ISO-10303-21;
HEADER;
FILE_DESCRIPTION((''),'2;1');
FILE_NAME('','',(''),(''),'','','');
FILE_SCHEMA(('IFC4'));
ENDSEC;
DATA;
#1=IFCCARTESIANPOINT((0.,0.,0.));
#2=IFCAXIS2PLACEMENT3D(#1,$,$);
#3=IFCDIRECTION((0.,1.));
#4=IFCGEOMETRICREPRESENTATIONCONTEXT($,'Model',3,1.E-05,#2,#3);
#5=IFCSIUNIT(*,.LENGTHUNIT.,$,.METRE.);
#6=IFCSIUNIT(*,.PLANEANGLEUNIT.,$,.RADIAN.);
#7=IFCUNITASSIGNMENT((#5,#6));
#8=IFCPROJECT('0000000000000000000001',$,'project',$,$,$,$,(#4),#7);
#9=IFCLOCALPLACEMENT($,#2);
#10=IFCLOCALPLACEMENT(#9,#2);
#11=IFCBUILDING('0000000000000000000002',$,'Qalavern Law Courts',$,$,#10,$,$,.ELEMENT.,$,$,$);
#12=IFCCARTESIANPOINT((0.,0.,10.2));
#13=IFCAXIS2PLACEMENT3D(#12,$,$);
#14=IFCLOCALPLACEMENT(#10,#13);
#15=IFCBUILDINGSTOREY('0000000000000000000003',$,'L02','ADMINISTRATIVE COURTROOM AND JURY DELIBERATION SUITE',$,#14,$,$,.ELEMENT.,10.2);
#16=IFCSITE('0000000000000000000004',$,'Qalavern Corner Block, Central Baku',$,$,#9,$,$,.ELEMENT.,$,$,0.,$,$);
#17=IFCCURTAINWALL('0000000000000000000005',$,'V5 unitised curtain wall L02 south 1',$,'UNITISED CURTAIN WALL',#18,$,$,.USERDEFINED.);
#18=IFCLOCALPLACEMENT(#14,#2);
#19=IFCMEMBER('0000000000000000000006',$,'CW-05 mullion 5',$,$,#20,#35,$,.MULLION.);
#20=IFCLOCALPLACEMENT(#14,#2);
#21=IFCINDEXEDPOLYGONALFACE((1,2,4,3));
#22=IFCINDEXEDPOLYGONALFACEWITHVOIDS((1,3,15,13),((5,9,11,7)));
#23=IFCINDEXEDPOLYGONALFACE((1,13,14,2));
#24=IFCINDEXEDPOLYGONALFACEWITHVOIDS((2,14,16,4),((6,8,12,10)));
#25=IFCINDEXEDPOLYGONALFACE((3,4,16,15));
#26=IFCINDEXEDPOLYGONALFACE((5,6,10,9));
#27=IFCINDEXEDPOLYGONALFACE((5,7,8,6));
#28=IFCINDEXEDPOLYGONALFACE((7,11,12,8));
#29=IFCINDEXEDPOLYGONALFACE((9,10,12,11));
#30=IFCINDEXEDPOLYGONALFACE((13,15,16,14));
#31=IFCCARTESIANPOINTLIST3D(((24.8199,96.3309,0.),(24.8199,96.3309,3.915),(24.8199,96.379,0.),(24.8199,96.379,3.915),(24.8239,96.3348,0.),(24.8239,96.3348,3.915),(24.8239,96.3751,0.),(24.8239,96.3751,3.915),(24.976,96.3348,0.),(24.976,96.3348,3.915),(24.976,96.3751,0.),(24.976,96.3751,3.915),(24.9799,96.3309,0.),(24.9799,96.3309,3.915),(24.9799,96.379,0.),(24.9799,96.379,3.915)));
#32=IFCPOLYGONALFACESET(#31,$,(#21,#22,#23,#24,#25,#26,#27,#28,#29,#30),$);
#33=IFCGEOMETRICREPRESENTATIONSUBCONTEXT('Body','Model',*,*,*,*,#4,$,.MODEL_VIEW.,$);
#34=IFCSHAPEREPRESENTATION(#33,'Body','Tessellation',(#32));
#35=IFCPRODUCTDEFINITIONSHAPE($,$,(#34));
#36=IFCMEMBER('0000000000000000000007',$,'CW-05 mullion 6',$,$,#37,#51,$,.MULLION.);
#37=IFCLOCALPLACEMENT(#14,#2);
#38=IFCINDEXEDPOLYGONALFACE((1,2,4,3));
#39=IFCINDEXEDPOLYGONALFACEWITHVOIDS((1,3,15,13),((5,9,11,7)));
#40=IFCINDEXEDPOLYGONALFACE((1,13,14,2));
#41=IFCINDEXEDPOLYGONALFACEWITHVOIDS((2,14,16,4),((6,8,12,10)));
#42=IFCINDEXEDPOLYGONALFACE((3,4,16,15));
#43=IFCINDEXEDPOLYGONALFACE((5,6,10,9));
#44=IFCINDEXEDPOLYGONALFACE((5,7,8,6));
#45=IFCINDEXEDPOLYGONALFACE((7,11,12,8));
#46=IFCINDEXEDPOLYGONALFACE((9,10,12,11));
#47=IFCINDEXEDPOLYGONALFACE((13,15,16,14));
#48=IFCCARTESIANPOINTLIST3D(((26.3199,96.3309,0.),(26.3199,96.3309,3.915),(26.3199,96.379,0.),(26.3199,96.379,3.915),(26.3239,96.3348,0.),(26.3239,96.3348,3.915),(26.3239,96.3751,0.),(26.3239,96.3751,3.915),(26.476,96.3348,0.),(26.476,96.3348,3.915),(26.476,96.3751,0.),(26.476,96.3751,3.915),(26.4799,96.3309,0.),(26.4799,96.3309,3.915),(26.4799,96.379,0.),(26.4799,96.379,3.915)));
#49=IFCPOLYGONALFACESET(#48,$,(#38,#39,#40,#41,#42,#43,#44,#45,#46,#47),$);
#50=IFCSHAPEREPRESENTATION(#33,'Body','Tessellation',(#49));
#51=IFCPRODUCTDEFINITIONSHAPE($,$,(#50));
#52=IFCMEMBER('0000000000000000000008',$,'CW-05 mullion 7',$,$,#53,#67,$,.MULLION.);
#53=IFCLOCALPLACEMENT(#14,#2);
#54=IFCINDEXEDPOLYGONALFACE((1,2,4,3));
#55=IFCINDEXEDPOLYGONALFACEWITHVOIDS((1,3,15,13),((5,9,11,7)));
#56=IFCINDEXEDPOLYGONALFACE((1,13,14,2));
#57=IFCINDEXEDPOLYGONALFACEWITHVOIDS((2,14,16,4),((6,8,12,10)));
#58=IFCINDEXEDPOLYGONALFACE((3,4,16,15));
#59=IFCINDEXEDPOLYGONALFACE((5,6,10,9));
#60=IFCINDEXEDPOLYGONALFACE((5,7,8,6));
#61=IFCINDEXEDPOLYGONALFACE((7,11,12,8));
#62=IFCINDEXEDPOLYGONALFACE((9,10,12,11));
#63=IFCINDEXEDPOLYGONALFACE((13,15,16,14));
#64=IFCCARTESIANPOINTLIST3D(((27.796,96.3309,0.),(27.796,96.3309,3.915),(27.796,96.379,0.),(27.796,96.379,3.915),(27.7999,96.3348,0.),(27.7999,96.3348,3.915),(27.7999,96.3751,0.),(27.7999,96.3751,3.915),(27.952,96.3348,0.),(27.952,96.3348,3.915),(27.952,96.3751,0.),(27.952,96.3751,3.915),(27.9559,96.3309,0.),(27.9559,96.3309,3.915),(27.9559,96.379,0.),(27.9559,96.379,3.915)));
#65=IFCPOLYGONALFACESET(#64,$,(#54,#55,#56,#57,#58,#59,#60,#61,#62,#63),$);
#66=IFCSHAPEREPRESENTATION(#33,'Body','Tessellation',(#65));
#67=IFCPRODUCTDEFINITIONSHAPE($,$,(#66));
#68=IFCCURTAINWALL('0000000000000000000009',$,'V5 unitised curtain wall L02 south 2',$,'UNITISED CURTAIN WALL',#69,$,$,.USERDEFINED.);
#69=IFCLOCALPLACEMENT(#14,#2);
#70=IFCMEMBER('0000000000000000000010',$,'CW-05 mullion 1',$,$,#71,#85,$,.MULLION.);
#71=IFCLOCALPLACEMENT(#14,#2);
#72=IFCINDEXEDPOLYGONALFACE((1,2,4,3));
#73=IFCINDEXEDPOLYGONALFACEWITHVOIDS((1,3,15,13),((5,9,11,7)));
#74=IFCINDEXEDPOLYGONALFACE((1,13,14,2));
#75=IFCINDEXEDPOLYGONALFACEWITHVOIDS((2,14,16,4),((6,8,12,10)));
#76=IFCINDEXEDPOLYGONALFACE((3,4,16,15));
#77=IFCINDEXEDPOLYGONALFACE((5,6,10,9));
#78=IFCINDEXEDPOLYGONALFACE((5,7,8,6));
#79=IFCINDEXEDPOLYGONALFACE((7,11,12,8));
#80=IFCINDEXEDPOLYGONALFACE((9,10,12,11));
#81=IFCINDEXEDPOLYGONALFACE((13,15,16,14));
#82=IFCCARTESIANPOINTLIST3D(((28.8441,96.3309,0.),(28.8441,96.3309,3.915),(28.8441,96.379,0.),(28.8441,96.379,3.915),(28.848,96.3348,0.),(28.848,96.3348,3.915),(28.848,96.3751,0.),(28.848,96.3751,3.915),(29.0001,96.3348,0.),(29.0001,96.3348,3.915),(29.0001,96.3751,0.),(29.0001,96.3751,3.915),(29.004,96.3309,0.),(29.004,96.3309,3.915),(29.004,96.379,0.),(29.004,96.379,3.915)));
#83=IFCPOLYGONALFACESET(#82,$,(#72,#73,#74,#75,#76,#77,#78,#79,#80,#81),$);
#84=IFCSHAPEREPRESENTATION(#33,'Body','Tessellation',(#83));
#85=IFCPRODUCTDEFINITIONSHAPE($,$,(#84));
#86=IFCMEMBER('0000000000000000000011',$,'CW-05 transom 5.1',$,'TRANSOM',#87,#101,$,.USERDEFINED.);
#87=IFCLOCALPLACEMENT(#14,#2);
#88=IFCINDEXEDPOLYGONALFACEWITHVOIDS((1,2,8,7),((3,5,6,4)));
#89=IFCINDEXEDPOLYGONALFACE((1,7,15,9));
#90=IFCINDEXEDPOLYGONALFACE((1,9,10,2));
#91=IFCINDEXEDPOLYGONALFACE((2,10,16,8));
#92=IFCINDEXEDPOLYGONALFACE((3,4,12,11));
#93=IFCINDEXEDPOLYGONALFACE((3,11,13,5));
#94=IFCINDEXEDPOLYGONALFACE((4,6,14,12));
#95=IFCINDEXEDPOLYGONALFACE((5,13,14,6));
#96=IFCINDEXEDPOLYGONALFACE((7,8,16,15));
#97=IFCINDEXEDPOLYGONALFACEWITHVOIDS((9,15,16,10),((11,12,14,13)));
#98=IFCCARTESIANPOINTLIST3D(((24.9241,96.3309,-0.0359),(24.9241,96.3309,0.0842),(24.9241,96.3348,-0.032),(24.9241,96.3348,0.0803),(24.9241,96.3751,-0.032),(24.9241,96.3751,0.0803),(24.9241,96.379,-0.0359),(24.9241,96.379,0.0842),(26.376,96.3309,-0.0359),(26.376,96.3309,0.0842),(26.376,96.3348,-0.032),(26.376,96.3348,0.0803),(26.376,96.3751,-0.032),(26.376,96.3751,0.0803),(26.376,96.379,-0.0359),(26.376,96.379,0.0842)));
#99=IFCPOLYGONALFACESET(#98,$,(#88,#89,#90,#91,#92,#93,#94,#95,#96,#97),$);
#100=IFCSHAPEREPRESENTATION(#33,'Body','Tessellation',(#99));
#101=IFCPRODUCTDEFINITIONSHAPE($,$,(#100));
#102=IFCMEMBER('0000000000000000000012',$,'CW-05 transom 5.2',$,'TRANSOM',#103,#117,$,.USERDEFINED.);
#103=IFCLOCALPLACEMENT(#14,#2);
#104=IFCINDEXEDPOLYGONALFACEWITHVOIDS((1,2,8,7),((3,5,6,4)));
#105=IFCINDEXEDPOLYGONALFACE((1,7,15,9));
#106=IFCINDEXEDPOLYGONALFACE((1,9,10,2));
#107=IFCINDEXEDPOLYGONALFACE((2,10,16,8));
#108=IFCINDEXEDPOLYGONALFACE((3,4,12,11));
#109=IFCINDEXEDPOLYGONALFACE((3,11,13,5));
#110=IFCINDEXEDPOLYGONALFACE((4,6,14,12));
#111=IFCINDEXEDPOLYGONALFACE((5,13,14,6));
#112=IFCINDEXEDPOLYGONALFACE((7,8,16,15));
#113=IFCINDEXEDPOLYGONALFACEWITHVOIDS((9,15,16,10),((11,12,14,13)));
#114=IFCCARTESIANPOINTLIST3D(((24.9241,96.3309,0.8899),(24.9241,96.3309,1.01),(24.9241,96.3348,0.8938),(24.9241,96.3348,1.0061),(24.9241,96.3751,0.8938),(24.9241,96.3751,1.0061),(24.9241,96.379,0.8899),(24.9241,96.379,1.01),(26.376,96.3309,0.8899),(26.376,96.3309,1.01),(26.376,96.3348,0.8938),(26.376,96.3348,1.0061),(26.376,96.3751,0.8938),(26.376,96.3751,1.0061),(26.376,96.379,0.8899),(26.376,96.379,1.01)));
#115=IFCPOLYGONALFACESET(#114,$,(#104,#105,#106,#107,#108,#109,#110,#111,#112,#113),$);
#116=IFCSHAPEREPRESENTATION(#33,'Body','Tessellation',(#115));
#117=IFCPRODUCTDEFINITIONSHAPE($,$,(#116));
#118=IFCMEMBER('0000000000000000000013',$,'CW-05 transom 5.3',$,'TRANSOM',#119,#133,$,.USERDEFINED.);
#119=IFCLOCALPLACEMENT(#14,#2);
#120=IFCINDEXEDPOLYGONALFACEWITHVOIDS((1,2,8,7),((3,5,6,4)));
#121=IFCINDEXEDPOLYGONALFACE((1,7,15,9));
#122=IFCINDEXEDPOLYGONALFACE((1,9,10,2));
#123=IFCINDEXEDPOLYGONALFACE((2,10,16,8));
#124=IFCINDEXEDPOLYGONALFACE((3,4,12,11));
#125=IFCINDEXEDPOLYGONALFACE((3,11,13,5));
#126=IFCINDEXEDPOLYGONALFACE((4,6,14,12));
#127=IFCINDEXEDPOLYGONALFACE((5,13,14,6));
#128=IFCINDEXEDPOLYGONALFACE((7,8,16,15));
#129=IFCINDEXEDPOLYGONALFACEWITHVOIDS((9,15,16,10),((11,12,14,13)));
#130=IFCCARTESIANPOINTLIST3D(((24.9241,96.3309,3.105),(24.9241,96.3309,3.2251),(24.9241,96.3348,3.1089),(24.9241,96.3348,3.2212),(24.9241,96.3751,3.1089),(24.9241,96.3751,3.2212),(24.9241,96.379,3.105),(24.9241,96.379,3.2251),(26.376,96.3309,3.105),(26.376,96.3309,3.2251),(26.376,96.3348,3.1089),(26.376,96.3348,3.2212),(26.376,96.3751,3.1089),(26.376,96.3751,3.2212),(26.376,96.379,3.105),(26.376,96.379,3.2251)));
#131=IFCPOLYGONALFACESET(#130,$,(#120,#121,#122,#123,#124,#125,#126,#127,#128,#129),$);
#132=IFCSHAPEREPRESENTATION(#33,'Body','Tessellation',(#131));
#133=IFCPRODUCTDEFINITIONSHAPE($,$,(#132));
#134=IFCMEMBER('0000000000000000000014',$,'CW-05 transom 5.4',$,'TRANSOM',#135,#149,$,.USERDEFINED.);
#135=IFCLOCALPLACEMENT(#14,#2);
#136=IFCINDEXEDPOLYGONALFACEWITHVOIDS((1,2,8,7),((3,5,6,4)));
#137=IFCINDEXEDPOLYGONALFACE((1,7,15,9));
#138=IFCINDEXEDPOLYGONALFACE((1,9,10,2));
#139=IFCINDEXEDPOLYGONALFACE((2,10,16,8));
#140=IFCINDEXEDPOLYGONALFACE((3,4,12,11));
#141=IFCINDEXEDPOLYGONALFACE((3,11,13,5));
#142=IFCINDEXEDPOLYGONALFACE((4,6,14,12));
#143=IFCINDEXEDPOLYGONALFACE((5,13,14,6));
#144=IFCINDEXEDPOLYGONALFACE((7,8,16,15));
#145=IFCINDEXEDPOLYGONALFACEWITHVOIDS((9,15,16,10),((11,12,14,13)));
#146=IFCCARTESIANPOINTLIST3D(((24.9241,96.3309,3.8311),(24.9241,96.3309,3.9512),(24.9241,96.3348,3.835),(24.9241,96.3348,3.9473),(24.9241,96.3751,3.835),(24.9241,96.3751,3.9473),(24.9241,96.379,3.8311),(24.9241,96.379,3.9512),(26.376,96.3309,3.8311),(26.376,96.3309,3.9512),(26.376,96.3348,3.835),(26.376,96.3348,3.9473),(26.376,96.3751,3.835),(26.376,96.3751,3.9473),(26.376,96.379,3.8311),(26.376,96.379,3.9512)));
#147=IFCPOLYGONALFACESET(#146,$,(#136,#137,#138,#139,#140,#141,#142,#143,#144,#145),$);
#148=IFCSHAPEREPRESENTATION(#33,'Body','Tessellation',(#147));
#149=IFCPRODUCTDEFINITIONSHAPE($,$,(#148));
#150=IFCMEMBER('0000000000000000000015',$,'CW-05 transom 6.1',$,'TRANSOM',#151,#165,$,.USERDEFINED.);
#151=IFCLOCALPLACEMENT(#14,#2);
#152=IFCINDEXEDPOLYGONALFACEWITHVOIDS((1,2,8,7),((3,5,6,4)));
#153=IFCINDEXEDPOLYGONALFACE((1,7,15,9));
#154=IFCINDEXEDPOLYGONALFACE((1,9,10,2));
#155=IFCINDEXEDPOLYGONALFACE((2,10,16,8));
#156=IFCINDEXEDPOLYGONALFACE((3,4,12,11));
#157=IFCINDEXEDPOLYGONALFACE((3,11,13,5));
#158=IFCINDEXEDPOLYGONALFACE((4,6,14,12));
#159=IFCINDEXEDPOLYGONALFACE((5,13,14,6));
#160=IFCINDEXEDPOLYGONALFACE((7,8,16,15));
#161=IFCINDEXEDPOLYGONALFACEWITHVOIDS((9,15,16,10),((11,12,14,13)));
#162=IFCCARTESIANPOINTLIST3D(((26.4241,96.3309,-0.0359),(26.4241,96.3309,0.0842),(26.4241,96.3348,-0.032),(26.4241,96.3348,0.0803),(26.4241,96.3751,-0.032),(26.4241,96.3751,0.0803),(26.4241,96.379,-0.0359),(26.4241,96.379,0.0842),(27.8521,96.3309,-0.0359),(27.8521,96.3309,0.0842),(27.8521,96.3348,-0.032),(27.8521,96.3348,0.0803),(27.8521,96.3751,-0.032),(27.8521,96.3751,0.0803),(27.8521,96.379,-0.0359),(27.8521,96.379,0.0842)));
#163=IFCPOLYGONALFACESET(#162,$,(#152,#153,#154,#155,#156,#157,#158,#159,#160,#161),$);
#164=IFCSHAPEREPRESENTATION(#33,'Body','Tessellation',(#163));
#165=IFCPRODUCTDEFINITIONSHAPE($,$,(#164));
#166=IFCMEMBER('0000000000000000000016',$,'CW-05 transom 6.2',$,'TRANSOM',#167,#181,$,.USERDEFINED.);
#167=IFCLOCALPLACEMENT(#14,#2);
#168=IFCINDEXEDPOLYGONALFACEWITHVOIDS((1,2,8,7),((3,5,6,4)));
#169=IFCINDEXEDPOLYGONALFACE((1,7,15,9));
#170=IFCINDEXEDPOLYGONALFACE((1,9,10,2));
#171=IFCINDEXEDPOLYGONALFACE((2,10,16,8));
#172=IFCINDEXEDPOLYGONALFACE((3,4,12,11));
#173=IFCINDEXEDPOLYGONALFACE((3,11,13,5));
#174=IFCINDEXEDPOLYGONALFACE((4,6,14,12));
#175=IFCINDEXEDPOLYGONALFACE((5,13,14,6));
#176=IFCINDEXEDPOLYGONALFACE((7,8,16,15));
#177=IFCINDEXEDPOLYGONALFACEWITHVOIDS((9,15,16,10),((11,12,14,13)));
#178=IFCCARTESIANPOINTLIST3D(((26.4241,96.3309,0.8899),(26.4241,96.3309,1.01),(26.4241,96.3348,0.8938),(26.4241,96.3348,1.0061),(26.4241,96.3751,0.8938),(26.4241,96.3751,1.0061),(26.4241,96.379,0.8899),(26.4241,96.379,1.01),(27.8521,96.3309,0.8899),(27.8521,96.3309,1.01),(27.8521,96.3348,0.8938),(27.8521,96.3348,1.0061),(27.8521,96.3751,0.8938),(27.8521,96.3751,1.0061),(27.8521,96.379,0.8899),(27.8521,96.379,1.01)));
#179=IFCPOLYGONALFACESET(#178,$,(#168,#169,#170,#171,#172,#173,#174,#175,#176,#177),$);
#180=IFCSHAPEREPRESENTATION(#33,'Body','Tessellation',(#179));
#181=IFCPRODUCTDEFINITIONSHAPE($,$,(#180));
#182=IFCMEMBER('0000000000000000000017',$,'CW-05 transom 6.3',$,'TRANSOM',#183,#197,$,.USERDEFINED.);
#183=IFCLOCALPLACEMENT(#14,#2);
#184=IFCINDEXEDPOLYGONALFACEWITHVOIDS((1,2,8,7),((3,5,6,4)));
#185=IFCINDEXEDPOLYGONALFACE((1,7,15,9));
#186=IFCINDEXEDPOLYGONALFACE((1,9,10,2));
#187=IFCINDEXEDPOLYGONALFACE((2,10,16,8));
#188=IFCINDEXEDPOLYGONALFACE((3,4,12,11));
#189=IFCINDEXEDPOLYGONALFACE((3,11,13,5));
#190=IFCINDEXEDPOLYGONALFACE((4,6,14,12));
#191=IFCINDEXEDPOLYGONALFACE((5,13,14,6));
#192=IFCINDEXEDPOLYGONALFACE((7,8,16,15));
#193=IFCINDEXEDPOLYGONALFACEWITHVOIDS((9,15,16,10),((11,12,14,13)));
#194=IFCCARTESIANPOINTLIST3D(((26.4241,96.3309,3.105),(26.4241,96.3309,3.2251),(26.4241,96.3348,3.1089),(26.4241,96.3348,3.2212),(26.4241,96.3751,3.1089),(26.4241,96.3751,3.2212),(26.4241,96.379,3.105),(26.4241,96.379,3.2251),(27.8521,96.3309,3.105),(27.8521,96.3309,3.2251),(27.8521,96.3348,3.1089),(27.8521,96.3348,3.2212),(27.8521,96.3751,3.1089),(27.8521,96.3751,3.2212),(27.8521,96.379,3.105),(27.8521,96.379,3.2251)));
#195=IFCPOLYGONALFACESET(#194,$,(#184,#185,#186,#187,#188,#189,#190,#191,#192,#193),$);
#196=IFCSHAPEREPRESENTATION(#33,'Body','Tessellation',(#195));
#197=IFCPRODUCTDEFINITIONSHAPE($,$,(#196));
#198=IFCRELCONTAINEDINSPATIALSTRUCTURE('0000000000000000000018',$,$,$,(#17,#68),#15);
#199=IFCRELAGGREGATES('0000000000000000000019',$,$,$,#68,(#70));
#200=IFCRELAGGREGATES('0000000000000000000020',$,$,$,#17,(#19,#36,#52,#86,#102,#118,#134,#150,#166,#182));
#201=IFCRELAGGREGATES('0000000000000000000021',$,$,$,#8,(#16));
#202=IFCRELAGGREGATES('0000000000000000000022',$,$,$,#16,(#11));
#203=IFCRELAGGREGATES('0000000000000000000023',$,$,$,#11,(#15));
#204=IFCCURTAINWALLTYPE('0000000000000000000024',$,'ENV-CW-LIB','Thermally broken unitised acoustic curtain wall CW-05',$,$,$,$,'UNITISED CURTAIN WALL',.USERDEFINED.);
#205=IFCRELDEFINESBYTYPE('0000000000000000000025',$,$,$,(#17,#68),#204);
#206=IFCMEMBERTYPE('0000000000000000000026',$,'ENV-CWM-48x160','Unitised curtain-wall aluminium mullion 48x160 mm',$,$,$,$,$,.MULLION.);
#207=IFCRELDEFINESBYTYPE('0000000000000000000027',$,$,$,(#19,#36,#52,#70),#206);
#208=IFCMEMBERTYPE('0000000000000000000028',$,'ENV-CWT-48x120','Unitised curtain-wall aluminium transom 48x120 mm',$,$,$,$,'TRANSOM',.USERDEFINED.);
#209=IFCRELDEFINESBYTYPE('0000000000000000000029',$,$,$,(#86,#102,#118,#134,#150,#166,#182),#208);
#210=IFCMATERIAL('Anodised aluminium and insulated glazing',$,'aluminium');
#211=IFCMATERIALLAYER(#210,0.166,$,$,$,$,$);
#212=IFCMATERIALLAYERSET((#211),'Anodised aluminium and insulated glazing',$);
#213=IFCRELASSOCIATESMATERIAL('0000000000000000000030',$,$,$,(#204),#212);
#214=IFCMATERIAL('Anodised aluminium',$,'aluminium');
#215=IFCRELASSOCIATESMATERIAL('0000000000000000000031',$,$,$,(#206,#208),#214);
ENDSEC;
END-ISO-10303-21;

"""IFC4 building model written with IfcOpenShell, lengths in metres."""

from ifc_helpers import new_model, si_unit, direction, frame, origin, origin_2d, place, context, subcontext, project, spatial, hollow_rectangle, extrude, material, layer, layer_set, material_profile, profile_set, type_object, element, aggregate, save


model = new_model("IFC4")

# Units and contexts
model_context = context("Model", 3, precision=1e-05, world=origin(), true_north=direction((0.0, 1.0)))
body_context = subcontext(model_context, "Body", "Model", "MODEL_VIEW")
ifc_project = project(units=[si_unit("LENGTHUNIT", "METRE"), si_unit("PLANEANGLEUNIT", "RADIAN")], contexts=[model_context])

# Site, building, storey
site_placement = place(None, origin())
site = spatial("IfcSite", under=ifc_project, at=site_placement, Name="Qalavern Corner Block, Central Baku", CompositionType="ELEMENT", RefElevation=0.0)
building_placement = place(site_placement, origin())
building = spatial("IfcBuilding", under=site, at=building_placement, Name="Qalavern Law Courts", CompositionType="ELEMENT")
storey_placement = place(building_placement, frame((0.0, 0.0, 10.2)))
storey = spatial("IfcBuildingStorey", under=building, at=storey_placement, Name="L02", Description="ADMINISTRATIVE COURTROOM AND JURY DELIBERATION SUITE", CompositionType="ELEMENT", Elevation=10.2)

# Curtain wall, members
ifc_material_1 = material(Name="Anodised aluminium and insulated glazing", Category="aluminium")
ifc_layer_1 = layer(ifc_material_1, 0.166)
ifc_layer_set_1 = layer_set([ifc_layer_1], Name="Anodised aluminium and insulated glazing")
curtain_wall_type = type_object("IfcCurtainWallType", Name="ENV-CW-LIB", Description="Thermally broken unitised acoustic curtain wall CW-05", ElementType="UNITISED CURTAIN WALL", PredefinedType="USERDEFINED", material=ifc_layer_set_1)
curtain_wall_1_placement = place(storey_placement, origin())
curtain_wall_1 = element("IfcCurtainWall", 1, at=curtain_wall_1_placement, inside=storey, type_object=curtain_wall_type, Name="V5 unitised curtain wall L02 south 1", ObjectType="UNITISED CURTAIN WALL", PredefinedType="USERDEFINED")
ifc_material_2 = material(Name="Anodised aluminium", Category="aluminium")
ifc_material_profile_1 = material_profile(ifc_material_2, hollow_rectangle(XDim=0.0481, YDim=0.1599, WallThickness=0.0039, at=origin_2d()), Name="ALU MULLION 48x160")
ifc_profile_set_1 = profile_set([ifc_material_profile_1], Name="Anodised aluminium")
member_type_1 = type_object("IfcMemberType", Name="ENV-CWM-48x160", Description="Unitised curtain-wall aluminium mullion 48x160 mm", PredefinedType="MULLION", material=ifc_profile_set_1)
member_1_placement = place(storey_placement, frame((24.8999, 96.355, 0.0), z_axis=(0.0, 0.0, 1.0), x_axis=(0.0, 1.0, 0.0)))
member_1 = element("IfcMember", 2, at=member_1_placement, type_object=member_type_1, Name="CW-05 mullion 5", PredefinedType="MULLION", context=body_context, shape_type="SweptSolid", body=[
    extrude(hollow_rectangle(XDim=0.0481, YDim=0.1599, WallThickness=0.0039, at=origin_2d()), origin(), (0.0, 0.0, 1.0), 3.915),
])
member_2_placement = place(storey_placement, frame((26.3999, 96.355, 0.0), z_axis=(0.0, 0.0, 1.0), x_axis=(0.0, 1.0, 0.0)))
member_2 = element("IfcMember", 3, at=member_2_placement, type_object=member_type_1, Name="CW-05 mullion 6", PredefinedType="MULLION", context=body_context, shape_type="SweptSolid", body=[
    extrude(hollow_rectangle(XDim=0.0481, YDim=0.1599, WallThickness=0.0039, at=origin_2d()), origin(), (0.0, 0.0, 1.0), 3.915),
])
member_3_placement = place(storey_placement, frame((27.876, 96.355, 0.0), z_axis=(0.0, 0.0, 1.0), x_axis=(0.0, 1.0, 0.0)))
member_3 = element("IfcMember", 4, at=member_3_placement, type_object=member_type_1, Name="CW-05 mullion 7", PredefinedType="MULLION", context=body_context, shape_type="SweptSolid", body=[
    extrude(hollow_rectangle(XDim=0.0481, YDim=0.1599, WallThickness=0.0039, at=origin_2d()), origin(), (0.0, 0.0, 1.0), 3.915),
])

# Curtain wall, member
curtain_wall_2_placement = place(storey_placement, origin())
curtain_wall_2 = element("IfcCurtainWall", 5, at=curtain_wall_2_placement, inside=storey, type_object=curtain_wall_type, Name="V5 unitised curtain wall L02 south 2", ObjectType="UNITISED CURTAIN WALL", PredefinedType="USERDEFINED")
member_4_placement = place(storey_placement, frame((28.9241, 96.355, 0.0), z_axis=(0.0, 0.0, 1.0), x_axis=(0.0, 1.0, 0.0)))
member_4 = element("IfcMember", 6, at=member_4_placement, type_object=member_type_1, Name="CW-05 mullion 1", PredefinedType="MULLION", context=body_context, shape_type="SweptSolid", body=[
    extrude(hollow_rectangle(XDim=0.0481, YDim=0.1599, WallThickness=0.0039, at=origin_2d()), origin(), (0.0, 0.0, 1.0), 3.915),
])

# Members
ifc_material_profile_2 = material_profile(ifc_material_2, hollow_rectangle(XDim=0.0481, YDim=0.1201, WallThickness=0.0039, at=origin_2d()), Name="ALU TRANSOM 48x120")
ifc_profile_set_2 = profile_set([ifc_material_profile_2], Name="Anodised aluminium")
member_type_2 = type_object("IfcMemberType", Name="ENV-CWT-48x120", Description="Unitised curtain-wall aluminium transom 48x120 mm", ElementType="TRANSOM", PredefinedType="USERDEFINED", material=ifc_profile_set_2)
member_5_placement = place(storey_placement, frame((24.9241, 96.355, 0.0242), z_axis=(1.0, 0.0, 0.0), x_axis=(0.0, 1.0, 0.0)))
member_5 = element("IfcMember", 7, at=member_5_placement, type_object=member_type_2, Name="CW-05 transom 5.1", ObjectType="TRANSOM", PredefinedType="USERDEFINED", context=body_context, shape_type="SweptSolid", body=[
    extrude(hollow_rectangle(XDim=0.0481, YDim=0.1201, WallThickness=0.0039, at=origin_2d()), origin(), (0.0, 0.0, 1.0), 1.4519),
])
member_6_placement = place(storey_placement, frame((24.9241, 96.355, 0.95), z_axis=(1.0, 0.0, 0.0), x_axis=(0.0, 1.0, 0.0)))
member_6 = element("IfcMember", 8, at=member_6_placement, type_object=member_type_2, Name="CW-05 transom 5.2", ObjectType="TRANSOM", PredefinedType="USERDEFINED", context=body_context, shape_type="SweptSolid", body=[
    extrude(hollow_rectangle(XDim=0.0481, YDim=0.1201, WallThickness=0.0039, at=origin_2d()), origin(), (0.0, 0.0, 1.0), 1.4519),
])
member_7_placement = place(storey_placement, frame((24.9241, 96.355, 3.165), z_axis=(1.0, 0.0, 0.0), x_axis=(0.0, 1.0, 0.0)))
member_7 = element("IfcMember", 9, at=member_7_placement, type_object=member_type_2, Name="CW-05 transom 5.3", ObjectType="TRANSOM", PredefinedType="USERDEFINED", context=body_context, shape_type="SweptSolid", body=[
    extrude(hollow_rectangle(XDim=0.0481, YDim=0.1201, WallThickness=0.0039, at=origin_2d()), origin(), (0.0, 0.0, 1.0), 1.4519),
])
member_8_placement = place(storey_placement, frame((24.9241, 96.355, 3.8911), z_axis=(1.0, 0.0, 0.0), x_axis=(0.0, 1.0, 0.0)))
member_8 = element("IfcMember", 10, at=member_8_placement, type_object=member_type_2, Name="CW-05 transom 5.4", ObjectType="TRANSOM", PredefinedType="USERDEFINED", context=body_context, shape_type="SweptSolid", body=[
    extrude(hollow_rectangle(XDim=0.0481, YDim=0.1201, WallThickness=0.0039, at=origin_2d()), origin(), (0.0, 0.0, 1.0), 1.4519),
])
member_9_placement = place(storey_placement, frame((26.4241, 96.355, 0.0242), z_axis=(1.0, 0.0, 0.0), x_axis=(0.0, 1.0, 0.0)))
member_9 = element("IfcMember", 11, at=member_9_placement, type_object=member_type_2, Name="CW-05 transom 6.1", ObjectType="TRANSOM", PredefinedType="USERDEFINED", context=body_context, shape_type="SweptSolid", body=[
    extrude(hollow_rectangle(XDim=0.0481, YDim=0.1201, WallThickness=0.0039, at=origin_2d()), origin(), (0.0, 0.0, 1.0), 1.428),
])
member_10_placement = place(storey_placement, frame((26.4241, 96.355, 0.95), z_axis=(1.0, 0.0, 0.0), x_axis=(0.0, 1.0, 0.0)))
member_10 = element("IfcMember", 12, at=member_10_placement, type_object=member_type_2, Name="CW-05 transom 6.2", ObjectType="TRANSOM", PredefinedType="USERDEFINED", context=body_context, shape_type="SweptSolid", body=[
    extrude(hollow_rectangle(XDim=0.0481, YDim=0.1201, WallThickness=0.0039, at=origin_2d()), origin(), (0.0, 0.0, 1.0), 1.428),
])
member_11_placement = place(storey_placement, frame((26.4241, 96.355, 3.165), z_axis=(1.0, 0.0, 0.0), x_axis=(0.0, 1.0, 0.0)))
member_11 = element("IfcMember", 13, at=member_11_placement, type_object=member_type_2, Name="CW-05 transom 6.3", ObjectType="TRANSOM", PredefinedType="USERDEFINED", context=body_context, shape_type="SweptSolid", body=[
    extrude(hollow_rectangle(XDim=0.0481, YDim=0.1201, WallThickness=0.0039, at=origin_2d()), origin(), (0.0, 0.0, 1.0), 1.428),
])
aggregate(curtain_wall_2, [member_4])

aggregate(curtain_wall_1, [member_1, member_2, member_3, member_5, member_6, member_7, member_8, member_9, member_10, member_11])

save(model, "model.ifc")
